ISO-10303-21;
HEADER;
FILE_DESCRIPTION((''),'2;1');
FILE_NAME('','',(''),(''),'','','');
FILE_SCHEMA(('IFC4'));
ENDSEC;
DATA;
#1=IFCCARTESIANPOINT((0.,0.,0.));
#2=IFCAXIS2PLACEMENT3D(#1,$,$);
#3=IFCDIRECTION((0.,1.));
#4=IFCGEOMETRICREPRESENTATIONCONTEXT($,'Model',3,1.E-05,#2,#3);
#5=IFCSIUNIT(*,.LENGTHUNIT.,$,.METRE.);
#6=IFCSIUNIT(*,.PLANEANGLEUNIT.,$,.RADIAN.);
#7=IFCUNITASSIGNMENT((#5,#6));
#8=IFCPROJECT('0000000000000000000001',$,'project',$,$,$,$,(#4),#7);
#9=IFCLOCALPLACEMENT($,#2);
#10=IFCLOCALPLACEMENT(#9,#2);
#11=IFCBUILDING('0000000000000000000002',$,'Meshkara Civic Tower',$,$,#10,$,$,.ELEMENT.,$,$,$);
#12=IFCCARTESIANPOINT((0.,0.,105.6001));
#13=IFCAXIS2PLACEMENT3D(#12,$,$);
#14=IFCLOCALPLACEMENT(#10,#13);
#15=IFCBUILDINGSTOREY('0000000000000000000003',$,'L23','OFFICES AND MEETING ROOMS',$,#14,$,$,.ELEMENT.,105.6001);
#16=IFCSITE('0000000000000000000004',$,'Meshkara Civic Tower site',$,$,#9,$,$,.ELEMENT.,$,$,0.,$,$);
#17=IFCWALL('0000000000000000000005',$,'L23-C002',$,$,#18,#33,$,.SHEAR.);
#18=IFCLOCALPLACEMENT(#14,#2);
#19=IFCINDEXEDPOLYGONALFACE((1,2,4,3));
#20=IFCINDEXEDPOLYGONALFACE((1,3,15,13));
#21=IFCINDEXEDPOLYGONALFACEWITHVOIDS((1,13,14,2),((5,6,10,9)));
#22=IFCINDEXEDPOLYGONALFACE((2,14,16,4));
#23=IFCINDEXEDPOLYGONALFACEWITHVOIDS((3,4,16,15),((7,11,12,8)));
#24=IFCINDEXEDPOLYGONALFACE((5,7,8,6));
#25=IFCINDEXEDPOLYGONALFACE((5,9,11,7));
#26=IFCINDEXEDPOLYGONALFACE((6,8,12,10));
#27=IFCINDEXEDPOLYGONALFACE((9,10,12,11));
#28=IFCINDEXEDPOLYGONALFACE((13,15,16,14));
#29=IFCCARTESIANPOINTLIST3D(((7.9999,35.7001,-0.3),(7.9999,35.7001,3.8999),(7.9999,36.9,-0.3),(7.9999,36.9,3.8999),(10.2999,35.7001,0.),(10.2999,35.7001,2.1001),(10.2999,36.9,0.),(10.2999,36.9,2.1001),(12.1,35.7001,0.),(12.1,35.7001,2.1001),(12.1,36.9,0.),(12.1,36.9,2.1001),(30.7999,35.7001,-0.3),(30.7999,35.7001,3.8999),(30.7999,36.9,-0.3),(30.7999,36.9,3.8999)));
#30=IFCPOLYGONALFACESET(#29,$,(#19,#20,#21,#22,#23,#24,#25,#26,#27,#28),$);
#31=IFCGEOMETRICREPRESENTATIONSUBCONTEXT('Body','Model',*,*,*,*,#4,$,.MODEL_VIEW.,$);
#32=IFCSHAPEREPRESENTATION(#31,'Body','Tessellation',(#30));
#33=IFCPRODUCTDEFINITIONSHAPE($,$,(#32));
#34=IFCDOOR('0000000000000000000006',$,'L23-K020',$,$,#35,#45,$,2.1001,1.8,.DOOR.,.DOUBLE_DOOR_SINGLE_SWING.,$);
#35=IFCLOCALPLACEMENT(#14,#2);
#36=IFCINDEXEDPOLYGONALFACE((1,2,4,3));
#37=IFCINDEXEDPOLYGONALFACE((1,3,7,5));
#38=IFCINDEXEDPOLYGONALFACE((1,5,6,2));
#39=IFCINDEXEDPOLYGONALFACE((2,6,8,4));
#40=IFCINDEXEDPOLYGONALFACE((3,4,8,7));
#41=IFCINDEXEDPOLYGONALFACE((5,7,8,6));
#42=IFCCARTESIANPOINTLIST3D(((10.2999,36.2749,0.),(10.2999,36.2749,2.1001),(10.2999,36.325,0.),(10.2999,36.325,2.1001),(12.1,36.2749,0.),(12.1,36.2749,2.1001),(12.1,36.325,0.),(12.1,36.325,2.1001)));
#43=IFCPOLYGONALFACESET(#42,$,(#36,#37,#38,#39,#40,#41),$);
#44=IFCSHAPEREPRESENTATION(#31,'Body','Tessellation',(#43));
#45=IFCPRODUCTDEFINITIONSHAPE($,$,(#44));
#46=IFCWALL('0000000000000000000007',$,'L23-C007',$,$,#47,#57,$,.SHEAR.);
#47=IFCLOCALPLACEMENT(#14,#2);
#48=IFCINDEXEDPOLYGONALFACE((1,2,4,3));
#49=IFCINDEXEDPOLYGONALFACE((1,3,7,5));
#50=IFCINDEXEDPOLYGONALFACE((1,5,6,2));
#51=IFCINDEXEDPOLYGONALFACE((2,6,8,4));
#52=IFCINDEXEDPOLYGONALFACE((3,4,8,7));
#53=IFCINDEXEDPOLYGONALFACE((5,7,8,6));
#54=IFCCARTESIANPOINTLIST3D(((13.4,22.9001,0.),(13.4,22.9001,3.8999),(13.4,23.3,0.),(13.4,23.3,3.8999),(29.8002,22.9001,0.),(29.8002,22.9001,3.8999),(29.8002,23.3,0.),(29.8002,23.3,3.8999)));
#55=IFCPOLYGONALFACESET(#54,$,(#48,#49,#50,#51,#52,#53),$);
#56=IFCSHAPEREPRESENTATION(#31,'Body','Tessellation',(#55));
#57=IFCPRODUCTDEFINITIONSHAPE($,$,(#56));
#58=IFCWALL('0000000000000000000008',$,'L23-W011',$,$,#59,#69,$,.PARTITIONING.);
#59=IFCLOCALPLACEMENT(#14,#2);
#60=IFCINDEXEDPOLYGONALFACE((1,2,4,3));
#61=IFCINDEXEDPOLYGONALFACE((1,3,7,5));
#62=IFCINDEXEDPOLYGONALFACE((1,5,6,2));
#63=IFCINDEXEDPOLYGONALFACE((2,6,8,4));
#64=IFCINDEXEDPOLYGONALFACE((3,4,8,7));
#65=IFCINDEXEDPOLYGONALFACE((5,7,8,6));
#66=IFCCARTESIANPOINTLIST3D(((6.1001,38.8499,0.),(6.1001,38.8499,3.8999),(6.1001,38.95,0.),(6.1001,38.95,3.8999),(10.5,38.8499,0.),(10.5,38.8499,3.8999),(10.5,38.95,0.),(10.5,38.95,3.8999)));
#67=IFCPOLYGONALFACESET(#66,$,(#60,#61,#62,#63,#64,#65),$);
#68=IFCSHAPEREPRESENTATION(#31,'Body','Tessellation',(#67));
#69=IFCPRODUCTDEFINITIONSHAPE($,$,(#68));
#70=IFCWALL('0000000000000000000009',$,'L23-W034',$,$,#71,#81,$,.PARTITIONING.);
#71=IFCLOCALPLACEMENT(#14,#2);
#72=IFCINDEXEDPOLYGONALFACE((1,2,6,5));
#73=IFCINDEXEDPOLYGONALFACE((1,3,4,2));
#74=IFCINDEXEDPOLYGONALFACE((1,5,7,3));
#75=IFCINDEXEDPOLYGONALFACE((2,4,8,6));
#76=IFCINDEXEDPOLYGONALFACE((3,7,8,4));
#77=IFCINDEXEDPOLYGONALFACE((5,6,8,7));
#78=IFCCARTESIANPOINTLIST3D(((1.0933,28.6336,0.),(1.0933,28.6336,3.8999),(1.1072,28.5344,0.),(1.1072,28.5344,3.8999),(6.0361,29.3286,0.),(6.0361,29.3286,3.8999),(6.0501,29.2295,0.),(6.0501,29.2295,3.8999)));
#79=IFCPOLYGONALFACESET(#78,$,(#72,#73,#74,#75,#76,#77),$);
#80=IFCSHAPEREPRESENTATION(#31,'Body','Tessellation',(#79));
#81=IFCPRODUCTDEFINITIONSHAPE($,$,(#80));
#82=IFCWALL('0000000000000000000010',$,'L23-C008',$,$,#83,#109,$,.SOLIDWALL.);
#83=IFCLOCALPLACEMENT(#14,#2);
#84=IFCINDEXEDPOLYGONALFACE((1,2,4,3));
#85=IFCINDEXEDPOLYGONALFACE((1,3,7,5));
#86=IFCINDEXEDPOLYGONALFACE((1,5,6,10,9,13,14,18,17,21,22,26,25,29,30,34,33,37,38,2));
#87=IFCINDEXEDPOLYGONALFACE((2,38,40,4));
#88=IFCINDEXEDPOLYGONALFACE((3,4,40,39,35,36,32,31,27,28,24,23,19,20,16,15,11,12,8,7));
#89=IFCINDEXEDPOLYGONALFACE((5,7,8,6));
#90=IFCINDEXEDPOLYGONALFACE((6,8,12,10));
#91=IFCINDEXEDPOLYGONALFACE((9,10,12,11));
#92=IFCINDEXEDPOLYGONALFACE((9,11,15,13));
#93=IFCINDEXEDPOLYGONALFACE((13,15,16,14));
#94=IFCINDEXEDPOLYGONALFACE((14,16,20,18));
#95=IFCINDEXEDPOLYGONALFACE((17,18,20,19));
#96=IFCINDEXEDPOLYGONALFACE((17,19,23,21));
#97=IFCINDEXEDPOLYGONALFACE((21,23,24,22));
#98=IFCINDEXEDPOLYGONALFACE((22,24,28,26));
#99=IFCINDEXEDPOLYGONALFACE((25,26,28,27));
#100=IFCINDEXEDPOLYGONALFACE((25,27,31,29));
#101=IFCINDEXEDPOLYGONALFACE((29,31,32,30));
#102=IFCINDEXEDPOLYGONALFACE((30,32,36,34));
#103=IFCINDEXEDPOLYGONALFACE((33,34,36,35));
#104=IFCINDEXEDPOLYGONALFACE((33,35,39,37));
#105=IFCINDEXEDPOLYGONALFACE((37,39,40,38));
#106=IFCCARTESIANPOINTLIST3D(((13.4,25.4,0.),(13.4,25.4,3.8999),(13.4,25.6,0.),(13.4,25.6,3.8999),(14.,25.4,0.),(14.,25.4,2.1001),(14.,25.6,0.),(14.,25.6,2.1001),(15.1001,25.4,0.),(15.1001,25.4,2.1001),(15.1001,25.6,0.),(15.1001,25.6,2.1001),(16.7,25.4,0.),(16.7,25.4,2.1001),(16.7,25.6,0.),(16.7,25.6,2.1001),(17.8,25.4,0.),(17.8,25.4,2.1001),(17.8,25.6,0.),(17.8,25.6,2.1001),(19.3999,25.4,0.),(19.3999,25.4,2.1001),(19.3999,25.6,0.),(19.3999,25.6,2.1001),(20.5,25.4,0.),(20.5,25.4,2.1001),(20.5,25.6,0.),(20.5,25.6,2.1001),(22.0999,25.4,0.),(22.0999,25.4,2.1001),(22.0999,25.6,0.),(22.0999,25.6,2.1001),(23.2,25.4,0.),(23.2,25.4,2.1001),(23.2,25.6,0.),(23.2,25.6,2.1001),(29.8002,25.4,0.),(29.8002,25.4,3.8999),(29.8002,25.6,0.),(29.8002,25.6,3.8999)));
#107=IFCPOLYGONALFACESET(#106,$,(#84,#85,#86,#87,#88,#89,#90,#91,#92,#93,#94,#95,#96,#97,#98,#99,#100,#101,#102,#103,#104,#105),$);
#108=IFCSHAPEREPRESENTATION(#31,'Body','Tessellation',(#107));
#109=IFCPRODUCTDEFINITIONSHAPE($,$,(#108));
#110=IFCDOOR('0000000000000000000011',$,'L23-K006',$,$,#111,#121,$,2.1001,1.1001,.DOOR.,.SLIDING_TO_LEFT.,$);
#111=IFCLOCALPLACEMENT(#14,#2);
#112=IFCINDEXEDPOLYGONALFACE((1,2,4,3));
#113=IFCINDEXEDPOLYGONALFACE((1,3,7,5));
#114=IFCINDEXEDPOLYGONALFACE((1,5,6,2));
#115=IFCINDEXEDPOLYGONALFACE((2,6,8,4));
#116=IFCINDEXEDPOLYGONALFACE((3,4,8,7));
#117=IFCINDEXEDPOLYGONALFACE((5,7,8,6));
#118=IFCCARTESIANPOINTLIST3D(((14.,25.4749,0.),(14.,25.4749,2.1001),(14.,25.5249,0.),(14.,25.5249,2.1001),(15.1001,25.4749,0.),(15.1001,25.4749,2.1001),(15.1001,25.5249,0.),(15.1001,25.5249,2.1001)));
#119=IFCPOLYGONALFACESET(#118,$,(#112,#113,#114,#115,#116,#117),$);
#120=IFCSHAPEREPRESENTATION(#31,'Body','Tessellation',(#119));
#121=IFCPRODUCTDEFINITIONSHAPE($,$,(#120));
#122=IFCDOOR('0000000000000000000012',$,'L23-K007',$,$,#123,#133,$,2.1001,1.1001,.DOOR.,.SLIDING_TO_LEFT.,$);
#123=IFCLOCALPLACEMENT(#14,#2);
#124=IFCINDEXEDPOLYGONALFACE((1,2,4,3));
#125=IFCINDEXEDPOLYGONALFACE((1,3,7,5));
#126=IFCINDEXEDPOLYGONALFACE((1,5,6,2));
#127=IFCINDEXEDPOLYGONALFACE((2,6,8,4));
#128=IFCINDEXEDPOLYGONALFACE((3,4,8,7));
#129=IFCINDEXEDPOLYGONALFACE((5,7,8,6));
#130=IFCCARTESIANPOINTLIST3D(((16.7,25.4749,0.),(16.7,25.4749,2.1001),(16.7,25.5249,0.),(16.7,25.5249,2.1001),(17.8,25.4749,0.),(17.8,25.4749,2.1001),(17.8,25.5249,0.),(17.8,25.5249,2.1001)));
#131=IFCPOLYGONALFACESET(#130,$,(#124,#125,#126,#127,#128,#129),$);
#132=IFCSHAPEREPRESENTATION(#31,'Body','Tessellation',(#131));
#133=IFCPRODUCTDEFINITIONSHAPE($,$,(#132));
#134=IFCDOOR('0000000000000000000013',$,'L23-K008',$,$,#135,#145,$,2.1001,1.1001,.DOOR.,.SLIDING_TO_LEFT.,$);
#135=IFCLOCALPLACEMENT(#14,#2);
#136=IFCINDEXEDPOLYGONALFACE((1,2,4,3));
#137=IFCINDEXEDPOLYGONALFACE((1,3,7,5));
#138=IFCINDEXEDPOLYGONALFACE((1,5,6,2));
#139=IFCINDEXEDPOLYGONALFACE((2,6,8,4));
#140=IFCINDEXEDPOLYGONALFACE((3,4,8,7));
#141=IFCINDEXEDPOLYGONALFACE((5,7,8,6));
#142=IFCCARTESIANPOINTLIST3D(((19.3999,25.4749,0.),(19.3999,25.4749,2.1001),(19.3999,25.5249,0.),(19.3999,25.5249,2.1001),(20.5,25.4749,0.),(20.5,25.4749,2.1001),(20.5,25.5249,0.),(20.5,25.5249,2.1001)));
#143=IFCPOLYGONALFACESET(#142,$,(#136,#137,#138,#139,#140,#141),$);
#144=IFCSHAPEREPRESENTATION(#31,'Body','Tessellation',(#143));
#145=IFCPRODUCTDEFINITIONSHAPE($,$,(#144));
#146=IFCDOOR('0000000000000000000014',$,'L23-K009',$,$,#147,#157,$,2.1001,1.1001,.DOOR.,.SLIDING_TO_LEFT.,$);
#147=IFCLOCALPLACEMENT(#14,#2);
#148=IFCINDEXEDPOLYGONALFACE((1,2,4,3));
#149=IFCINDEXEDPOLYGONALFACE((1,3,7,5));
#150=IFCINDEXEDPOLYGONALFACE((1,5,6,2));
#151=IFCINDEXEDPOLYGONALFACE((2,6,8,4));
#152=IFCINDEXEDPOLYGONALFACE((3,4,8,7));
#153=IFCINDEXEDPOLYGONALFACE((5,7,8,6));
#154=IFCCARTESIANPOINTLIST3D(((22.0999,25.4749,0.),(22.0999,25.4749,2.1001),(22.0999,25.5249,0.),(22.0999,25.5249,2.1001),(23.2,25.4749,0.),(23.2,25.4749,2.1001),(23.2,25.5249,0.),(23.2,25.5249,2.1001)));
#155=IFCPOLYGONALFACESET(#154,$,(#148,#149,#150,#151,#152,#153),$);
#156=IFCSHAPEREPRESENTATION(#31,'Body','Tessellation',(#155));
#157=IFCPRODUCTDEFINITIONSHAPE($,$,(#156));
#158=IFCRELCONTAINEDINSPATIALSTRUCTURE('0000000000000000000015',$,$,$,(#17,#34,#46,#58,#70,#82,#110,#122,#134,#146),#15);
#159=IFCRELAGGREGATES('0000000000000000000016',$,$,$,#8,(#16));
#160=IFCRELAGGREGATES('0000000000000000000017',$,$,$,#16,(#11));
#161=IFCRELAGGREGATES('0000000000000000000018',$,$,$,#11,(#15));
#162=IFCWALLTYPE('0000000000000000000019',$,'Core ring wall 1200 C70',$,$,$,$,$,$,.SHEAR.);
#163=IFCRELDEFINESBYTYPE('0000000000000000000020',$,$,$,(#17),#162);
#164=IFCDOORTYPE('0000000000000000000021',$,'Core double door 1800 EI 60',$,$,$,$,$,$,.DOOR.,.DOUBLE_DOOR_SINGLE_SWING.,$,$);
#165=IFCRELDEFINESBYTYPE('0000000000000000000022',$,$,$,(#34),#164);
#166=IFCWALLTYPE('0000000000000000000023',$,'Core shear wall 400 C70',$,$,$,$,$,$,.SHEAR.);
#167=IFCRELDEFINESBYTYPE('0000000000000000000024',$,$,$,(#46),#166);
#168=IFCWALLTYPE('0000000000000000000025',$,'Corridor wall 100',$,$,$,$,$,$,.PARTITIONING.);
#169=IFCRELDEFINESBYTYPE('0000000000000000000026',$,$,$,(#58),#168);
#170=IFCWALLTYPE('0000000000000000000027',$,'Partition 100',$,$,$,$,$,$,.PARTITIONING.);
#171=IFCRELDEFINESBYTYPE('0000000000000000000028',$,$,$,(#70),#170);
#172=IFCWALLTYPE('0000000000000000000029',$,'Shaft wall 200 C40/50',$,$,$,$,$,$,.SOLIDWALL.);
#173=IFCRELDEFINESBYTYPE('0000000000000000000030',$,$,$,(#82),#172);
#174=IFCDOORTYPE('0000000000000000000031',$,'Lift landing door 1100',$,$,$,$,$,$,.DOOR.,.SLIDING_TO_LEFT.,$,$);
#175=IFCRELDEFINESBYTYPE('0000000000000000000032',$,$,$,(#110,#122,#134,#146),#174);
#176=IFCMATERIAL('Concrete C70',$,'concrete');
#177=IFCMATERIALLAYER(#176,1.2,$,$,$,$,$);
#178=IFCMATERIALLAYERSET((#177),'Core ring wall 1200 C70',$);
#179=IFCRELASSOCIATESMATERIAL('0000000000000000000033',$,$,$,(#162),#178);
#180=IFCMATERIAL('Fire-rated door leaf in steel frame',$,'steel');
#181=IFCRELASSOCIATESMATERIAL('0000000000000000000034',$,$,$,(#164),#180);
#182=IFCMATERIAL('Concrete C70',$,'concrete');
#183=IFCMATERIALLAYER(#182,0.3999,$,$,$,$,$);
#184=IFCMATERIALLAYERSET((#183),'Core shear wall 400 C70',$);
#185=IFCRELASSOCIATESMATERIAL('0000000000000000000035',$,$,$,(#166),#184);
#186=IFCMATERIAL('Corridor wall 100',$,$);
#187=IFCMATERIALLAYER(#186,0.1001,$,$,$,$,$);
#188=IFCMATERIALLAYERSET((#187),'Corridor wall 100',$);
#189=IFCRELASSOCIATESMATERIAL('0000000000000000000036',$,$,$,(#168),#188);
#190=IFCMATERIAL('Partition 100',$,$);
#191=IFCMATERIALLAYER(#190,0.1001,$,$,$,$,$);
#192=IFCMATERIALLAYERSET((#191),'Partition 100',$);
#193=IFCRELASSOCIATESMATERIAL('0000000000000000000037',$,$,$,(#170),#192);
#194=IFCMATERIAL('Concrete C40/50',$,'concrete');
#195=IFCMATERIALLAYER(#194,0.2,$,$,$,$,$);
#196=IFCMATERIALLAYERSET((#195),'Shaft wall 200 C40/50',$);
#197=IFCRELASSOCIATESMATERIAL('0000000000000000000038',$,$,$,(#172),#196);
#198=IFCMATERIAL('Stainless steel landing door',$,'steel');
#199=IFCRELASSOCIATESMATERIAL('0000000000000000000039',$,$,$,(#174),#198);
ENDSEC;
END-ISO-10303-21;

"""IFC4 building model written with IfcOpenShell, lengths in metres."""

from ifc_helpers import new_model, si_unit, direction, frame, frame_2d, origin, place, context, subcontext, project, spatial, rectangle, extrude, material, layer, layer_set, type_object, element, fill, save


model = new_model("IFC4")

# Units and contexts
model_context = context("Model", 3, precision=1e-05, world=origin(), true_north=direction((0.0, 1.0)))
body_context = subcontext(model_context, "Body", "Model", "MODEL_VIEW")
ifc_project = project(units=[si_unit("LENGTHUNIT", "METRE"), si_unit("PLANEANGLEUNIT", "RADIAN")], contexts=[model_context])

# Site, building, storey
site_placement = place(None, origin())
site = spatial("IfcSite", under=ifc_project, at=site_placement, Name="Meshkara Civic Tower site", CompositionType="ELEMENT", RefElevation=0.0)
building_placement = place(site_placement, origin())
building = spatial("IfcBuilding", under=site, at=building_placement, Name="Meshkara Civic Tower", CompositionType="ELEMENT")
storey_placement = place(building_placement, frame((0.0, 0.0, 105.6001)))
storey = spatial("IfcBuildingStorey", under=building, at=storey_placement, Name="L23", Description="OFFICES AND MEETING ROOMS", CompositionType="ELEMENT", Elevation=105.6001)

# Wall, opening, door
ifc_material_1 = material(Name="Concrete C70", Category="concrete")
ifc_layer_1 = layer(ifc_material_1, 1.2)
ifc_layer_set_1 = layer_set([ifc_layer_1], Name="Core ring wall 1200 C70")
wall_type_1 = type_object("IfcWallType", Name="Core ring wall 1200 C70", PredefinedType="SHEAR", material=ifc_layer_set_1)
wall_1_placement = place(storey_placement, frame((8.0, 36.3, -0.3), z_axis=(0.0, 0.0, 1.0), x_axis=(1.0, 0.0, 0.0)))
wall_1 = element("IfcWall", 1, at=wall_1_placement, inside=storey, type_object=wall_type_1, Name="L23-C002", PredefinedType="SHEAR", context=body_context, shape_type="SweptSolid", body=[
    extrude(rectangle(XDim=22.8, YDim=1.2, at=frame_2d((11.3999, 0.0))), origin(), (0.0, 0.0, 1.0), 4.2),
])
opening_1_placement = place(wall_1_placement, frame((2.3, 0.0, 0.3)))
opening_1 = element("IfcOpeningElement", 2, at=opening_1_placement, cuts=wall_1, PredefinedType="OPENING", context=body_context, shape_type="SweptSolid", body=[
    extrude(rectangle(XDim=1.8, YDim=2.1001, at=frame_2d((0.8999, 1.05))), frame((0.0, 0.6099, 0.0), z_axis=(0.0, -1.0, 0.0), x_axis=(1.0, 0.0, 0.0)), (0.0, 0.0, 1.0), 1.22),
])
ifc_material_2 = material(Name="Fire-rated door leaf in steel frame", Category="steel")
door_type_1 = type_object("IfcDoorType", Name="Core double door 1800 EI 60", OperationType="DOUBLE_DOOR_SINGLE_SWING", PredefinedType="DOOR", material=ifc_material_2)
door_1_placement = place(opening_1_placement, origin())
door_1 = element("IfcDoor", 3, at=door_1_placement, inside=storey, type_object=door_type_1, Name="L23-K020", OperationType="DOUBLE_DOOR_SINGLE_SWING", OverallHeight=2.1001, OverallWidth=1.8, PredefinedType="DOOR", context=body_context, shape_type="SweptSolid", body=[
    extrude(rectangle(XDim=1.8, YDim=2.1001, at=frame_2d((0.8999, 1.05))), frame((0.0, 0.0249, 0.0), z_axis=(0.0, -1.0, 0.0), x_axis=(1.0, 0.0, 0.0)), (0.0, 0.0, 1.0), 0.05),
])
fill(opening_1, door_1)

# Walls
ifc_material_3 = material(Name="Concrete C70", Category="concrete")
ifc_layer_2 = layer(ifc_material_3, 0.3999)
ifc_layer_set_2 = layer_set([ifc_layer_2], Name="Core shear wall 400 C70")
wall_type_2 = type_object("IfcWallType", Name="Core shear wall 400 C70", PredefinedType="SHEAR", material=ifc_layer_set_2)
wall_2_placement = place(storey_placement, frame((13.3999, 23.1001, 0.0), z_axis=(0.0, 0.0, 1.0), x_axis=(1.0, 0.0, 0.0)))
element("IfcWall", 4, at=wall_2_placement, inside=storey, type_object=wall_type_2, Name="L23-C007", PredefinedType="SHEAR", context=body_context, shape_type="SweptSolid", body=[
    extrude(rectangle(XDim=16.4001, YDim=0.3999, at=frame_2d((8.2002, 0.0))), origin(), (0.0, 0.0, 1.0), 3.8999),
])
ifc_material_4 = material(Name="Corridor wall 100")
ifc_layer_3 = layer(ifc_material_4, 0.1001)
ifc_layer_set_3 = layer_set([ifc_layer_3], Name="Corridor wall 100")
wall_type_3 = type_object("IfcWallType", Name="Corridor wall 100", PredefinedType="PARTITIONING", material=ifc_layer_set_3)
wall_3_placement = place(storey_placement, frame((10.5, 38.8999, 0.0), z_axis=(0.0, 0.0, 1.0), x_axis=(-1.0, 0.0, 0.0)))
element("IfcWall", 5, at=wall_3_placement, inside=storey, type_object=wall_type_3, Name="L23-W011", PredefinedType="PARTITIONING", context=body_context, shape_type="SweptSolid", body=[
    extrude(rectangle(XDim=4.3999, YDim=0.1001, at=frame_2d((2.2, 0.0))), origin(), (0.0, 0.0, 1.0), 3.8999),
])
ifc_material_5 = material(Name="Partition 100")
ifc_layer_4 = layer(ifc_material_5, 0.1001)
ifc_layer_set_4 = layer_set([ifc_layer_4], Name="Partition 100")
wall_type_4 = type_object("IfcWallType", Name="Partition 100", PredefinedType="PARTITIONING", material=ifc_layer_set_4)
wall_4_placement = place(storey_placement, frame((6.043, 29.2791, 0.0), z_axis=(0.0, 0.0, 1.0), x_axis=(-0.990257, -0.13925, 0.0)))
element("IfcWall", 6, at=wall_4_placement, inside=storey, type_object=wall_type_4, Name="L23-W034", PredefinedType="PARTITIONING", context=body_context, shape_type="SweptSolid", body=[
    extrude(rectangle(XDim=4.9915, YDim=0.1001, at=frame_2d((2.4956, 0.0))), origin(), (0.0, 0.0, 1.0), 3.8999),
])

# Wall, openings, doors
ifc_material_6 = material(Name="Concrete C40/50", Category="concrete")
ifc_layer_5 = layer(ifc_material_6, 0.2)
ifc_layer_set_5 = layer_set([ifc_layer_5], Name="Shaft wall 200 C40/50")
wall_type_5 = type_object("IfcWallType", Name="Shaft wall 200 C40/50", PredefinedType="SOLIDWALL", material=ifc_layer_set_5)
wall_5_placement = place(storey_placement, frame((13.3999, 25.5, 0.0), z_axis=(0.0, 0.0, 1.0), x_axis=(1.0, 0.0, 0.0)))
wall_5 = element("IfcWall", 7, at=wall_5_placement, inside=storey, type_object=wall_type_5, Name="L23-C008", PredefinedType="SOLIDWALL", context=body_context, shape_type="SweptSolid", body=[
    extrude(rectangle(XDim=16.4001, YDim=0.2, at=frame_2d((8.2002, 0.0))), origin(), (0.0, 0.0, 1.0), 3.8999),
])
opening_2_placement = place(wall_5_placement, frame((0.6001, 0.0, 0.0)))
opening_2 = element("IfcOpeningElement", 8, at=opening_2_placement, cuts=wall_5, PredefinedType="OPENING", context=body_context, shape_type="SweptSolid", body=[
    extrude(rectangle(XDim=1.1001, YDim=2.1001, at=frame_2d((0.55, 1.05))), frame((0.0, 0.1099, 0.0), z_axis=(0.0, -1.0, 0.0), x_axis=(1.0, 0.0, 0.0)), (0.0, 0.0, 1.0), 0.22),
])
opening_3_placement = place(wall_5_placement, frame((3.3, 0.0, 0.0)))
opening_3 = element("IfcOpeningElement", 9, at=opening_3_placement, cuts=wall_5, PredefinedType="OPENING", context=body_context, shape_type="SweptSolid", body=[
    extrude(rectangle(XDim=1.1001, YDim=2.1001, at=frame_2d((0.55, 1.05))), frame((0.0, 0.1099, 0.0), z_axis=(0.0, -1.0, 0.0), x_axis=(1.0, 0.0, 0.0)), (0.0, 0.0, 1.0), 0.22),
])
opening_4_placement = place(wall_5_placement, frame((6.0, 0.0, 0.0)))
opening_4 = element("IfcOpeningElement", 10, at=opening_4_placement, cuts=wall_5, PredefinedType="OPENING", context=body_context, shape_type="SweptSolid", body=[
    extrude(rectangle(XDim=1.1001, YDim=2.1001, at=frame_2d((0.55, 1.05))), frame((0.0, 0.1099, 0.0), z_axis=(0.0, -1.0, 0.0), x_axis=(1.0, 0.0, 0.0)), (0.0, 0.0, 1.0), 0.22),
])
opening_5_placement = place(wall_5_placement, frame((8.7, 0.0, 0.0)))
opening_5 = element("IfcOpeningElement", 11, at=opening_5_placement, cuts=wall_5, PredefinedType="OPENING", context=body_context, shape_type="SweptSolid", body=[
    extrude(rectangle(XDim=1.1001, YDim=2.1001, at=frame_2d((0.55, 1.05))), frame((0.0, 0.1099, 0.0), z_axis=(0.0, -1.0, 0.0), x_axis=(1.0, 0.0, 0.0)), (0.0, 0.0, 1.0), 0.22),
])
ifc_material_7 = material(Name="Stainless steel landing door", Category="steel")
door_type_2 = type_object("IfcDoorType", Name="Lift landing door 1100", OperationType="SLIDING_TO_LEFT", PredefinedType="DOOR", material=ifc_material_7)
door_2_placement = place(opening_2_placement, origin())
door_2 = element("IfcDoor", 12, at=door_2_placement, inside=storey, type_object=door_type_2, Name="L23-K006", OperationType="SLIDING_TO_LEFT", OverallHeight=2.1001, OverallWidth=1.1001, PredefinedType="DOOR", context=body_context, shape_type="SweptSolid", body=[
    extrude(rectangle(XDim=1.1001, YDim=2.1001, at=frame_2d((0.55, 1.05))), frame((0.0, 0.0249, 0.0), z_axis=(0.0, -1.0, 0.0), x_axis=(1.0, 0.0, 0.0)), (0.0, 0.0, 1.0), 0.05),
])
fill(opening_2, door_2)
door_3_placement = place(opening_3_placement, origin())
door_3 = element("IfcDoor", 13, at=door_3_placement, inside=storey, type_object=door_type_2, Name="L23-K007", OperationType="SLIDING_TO_LEFT", OverallHeight=2.1001, OverallWidth=1.1001, PredefinedType="DOOR", context=body_context, shape_type="SweptSolid", body=[
    extrude(rectangle(XDim=1.1001, YDim=2.1001, at=frame_2d((0.55, 1.05))), frame((0.0, 0.0249, 0.0), z_axis=(0.0, -1.0, 0.0), x_axis=(1.0, 0.0, 0.0)), (0.0, 0.0, 1.0), 0.05),
])
fill(opening_3, door_3)
door_4_placement = place(opening_4_placement, origin())
door_4 = element("IfcDoor", 14, at=door_4_placement, inside=storey, type_object=door_type_2, Name="L23-K008", OperationType="SLIDING_TO_LEFT", OverallHeight=2.1001, OverallWidth=1.1001, PredefinedType="DOOR", context=body_context, shape_type="SweptSolid", body=[
    extrude(rectangle(XDim=1.1001, YDim=2.1001, at=frame_2d((0.55, 1.05))), frame((0.0, 0.0249, 0.0), z_axis=(0.0, -1.0, 0.0), x_axis=(1.0, 0.0, 0.0)), (0.0, 0.0, 1.0), 0.05),
])
fill(opening_4, door_4)
door_5_placement = place(opening_5_placement, origin())
door_5 = element("IfcDoor", 15, at=door_5_placement, inside=storey, type_object=door_type_2, Name="L23-K009", OperationType="SLIDING_TO_LEFT", OverallHeight=2.1001, OverallWidth=1.1001, PredefinedType="DOOR", context=body_context, shape_type="SweptSolid", body=[
    extrude(rectangle(XDim=1.1001, YDim=2.1001, at=frame_2d((0.55, 1.05))), frame((0.0, 0.0249, 0.0), z_axis=(0.0, -1.0, 0.0), x_axis=(1.0, 0.0, 0.0)), (0.0, 0.0, 1.0), 0.05),
])
fill(opening_5, door_5)

save(model, "model.ifc")
